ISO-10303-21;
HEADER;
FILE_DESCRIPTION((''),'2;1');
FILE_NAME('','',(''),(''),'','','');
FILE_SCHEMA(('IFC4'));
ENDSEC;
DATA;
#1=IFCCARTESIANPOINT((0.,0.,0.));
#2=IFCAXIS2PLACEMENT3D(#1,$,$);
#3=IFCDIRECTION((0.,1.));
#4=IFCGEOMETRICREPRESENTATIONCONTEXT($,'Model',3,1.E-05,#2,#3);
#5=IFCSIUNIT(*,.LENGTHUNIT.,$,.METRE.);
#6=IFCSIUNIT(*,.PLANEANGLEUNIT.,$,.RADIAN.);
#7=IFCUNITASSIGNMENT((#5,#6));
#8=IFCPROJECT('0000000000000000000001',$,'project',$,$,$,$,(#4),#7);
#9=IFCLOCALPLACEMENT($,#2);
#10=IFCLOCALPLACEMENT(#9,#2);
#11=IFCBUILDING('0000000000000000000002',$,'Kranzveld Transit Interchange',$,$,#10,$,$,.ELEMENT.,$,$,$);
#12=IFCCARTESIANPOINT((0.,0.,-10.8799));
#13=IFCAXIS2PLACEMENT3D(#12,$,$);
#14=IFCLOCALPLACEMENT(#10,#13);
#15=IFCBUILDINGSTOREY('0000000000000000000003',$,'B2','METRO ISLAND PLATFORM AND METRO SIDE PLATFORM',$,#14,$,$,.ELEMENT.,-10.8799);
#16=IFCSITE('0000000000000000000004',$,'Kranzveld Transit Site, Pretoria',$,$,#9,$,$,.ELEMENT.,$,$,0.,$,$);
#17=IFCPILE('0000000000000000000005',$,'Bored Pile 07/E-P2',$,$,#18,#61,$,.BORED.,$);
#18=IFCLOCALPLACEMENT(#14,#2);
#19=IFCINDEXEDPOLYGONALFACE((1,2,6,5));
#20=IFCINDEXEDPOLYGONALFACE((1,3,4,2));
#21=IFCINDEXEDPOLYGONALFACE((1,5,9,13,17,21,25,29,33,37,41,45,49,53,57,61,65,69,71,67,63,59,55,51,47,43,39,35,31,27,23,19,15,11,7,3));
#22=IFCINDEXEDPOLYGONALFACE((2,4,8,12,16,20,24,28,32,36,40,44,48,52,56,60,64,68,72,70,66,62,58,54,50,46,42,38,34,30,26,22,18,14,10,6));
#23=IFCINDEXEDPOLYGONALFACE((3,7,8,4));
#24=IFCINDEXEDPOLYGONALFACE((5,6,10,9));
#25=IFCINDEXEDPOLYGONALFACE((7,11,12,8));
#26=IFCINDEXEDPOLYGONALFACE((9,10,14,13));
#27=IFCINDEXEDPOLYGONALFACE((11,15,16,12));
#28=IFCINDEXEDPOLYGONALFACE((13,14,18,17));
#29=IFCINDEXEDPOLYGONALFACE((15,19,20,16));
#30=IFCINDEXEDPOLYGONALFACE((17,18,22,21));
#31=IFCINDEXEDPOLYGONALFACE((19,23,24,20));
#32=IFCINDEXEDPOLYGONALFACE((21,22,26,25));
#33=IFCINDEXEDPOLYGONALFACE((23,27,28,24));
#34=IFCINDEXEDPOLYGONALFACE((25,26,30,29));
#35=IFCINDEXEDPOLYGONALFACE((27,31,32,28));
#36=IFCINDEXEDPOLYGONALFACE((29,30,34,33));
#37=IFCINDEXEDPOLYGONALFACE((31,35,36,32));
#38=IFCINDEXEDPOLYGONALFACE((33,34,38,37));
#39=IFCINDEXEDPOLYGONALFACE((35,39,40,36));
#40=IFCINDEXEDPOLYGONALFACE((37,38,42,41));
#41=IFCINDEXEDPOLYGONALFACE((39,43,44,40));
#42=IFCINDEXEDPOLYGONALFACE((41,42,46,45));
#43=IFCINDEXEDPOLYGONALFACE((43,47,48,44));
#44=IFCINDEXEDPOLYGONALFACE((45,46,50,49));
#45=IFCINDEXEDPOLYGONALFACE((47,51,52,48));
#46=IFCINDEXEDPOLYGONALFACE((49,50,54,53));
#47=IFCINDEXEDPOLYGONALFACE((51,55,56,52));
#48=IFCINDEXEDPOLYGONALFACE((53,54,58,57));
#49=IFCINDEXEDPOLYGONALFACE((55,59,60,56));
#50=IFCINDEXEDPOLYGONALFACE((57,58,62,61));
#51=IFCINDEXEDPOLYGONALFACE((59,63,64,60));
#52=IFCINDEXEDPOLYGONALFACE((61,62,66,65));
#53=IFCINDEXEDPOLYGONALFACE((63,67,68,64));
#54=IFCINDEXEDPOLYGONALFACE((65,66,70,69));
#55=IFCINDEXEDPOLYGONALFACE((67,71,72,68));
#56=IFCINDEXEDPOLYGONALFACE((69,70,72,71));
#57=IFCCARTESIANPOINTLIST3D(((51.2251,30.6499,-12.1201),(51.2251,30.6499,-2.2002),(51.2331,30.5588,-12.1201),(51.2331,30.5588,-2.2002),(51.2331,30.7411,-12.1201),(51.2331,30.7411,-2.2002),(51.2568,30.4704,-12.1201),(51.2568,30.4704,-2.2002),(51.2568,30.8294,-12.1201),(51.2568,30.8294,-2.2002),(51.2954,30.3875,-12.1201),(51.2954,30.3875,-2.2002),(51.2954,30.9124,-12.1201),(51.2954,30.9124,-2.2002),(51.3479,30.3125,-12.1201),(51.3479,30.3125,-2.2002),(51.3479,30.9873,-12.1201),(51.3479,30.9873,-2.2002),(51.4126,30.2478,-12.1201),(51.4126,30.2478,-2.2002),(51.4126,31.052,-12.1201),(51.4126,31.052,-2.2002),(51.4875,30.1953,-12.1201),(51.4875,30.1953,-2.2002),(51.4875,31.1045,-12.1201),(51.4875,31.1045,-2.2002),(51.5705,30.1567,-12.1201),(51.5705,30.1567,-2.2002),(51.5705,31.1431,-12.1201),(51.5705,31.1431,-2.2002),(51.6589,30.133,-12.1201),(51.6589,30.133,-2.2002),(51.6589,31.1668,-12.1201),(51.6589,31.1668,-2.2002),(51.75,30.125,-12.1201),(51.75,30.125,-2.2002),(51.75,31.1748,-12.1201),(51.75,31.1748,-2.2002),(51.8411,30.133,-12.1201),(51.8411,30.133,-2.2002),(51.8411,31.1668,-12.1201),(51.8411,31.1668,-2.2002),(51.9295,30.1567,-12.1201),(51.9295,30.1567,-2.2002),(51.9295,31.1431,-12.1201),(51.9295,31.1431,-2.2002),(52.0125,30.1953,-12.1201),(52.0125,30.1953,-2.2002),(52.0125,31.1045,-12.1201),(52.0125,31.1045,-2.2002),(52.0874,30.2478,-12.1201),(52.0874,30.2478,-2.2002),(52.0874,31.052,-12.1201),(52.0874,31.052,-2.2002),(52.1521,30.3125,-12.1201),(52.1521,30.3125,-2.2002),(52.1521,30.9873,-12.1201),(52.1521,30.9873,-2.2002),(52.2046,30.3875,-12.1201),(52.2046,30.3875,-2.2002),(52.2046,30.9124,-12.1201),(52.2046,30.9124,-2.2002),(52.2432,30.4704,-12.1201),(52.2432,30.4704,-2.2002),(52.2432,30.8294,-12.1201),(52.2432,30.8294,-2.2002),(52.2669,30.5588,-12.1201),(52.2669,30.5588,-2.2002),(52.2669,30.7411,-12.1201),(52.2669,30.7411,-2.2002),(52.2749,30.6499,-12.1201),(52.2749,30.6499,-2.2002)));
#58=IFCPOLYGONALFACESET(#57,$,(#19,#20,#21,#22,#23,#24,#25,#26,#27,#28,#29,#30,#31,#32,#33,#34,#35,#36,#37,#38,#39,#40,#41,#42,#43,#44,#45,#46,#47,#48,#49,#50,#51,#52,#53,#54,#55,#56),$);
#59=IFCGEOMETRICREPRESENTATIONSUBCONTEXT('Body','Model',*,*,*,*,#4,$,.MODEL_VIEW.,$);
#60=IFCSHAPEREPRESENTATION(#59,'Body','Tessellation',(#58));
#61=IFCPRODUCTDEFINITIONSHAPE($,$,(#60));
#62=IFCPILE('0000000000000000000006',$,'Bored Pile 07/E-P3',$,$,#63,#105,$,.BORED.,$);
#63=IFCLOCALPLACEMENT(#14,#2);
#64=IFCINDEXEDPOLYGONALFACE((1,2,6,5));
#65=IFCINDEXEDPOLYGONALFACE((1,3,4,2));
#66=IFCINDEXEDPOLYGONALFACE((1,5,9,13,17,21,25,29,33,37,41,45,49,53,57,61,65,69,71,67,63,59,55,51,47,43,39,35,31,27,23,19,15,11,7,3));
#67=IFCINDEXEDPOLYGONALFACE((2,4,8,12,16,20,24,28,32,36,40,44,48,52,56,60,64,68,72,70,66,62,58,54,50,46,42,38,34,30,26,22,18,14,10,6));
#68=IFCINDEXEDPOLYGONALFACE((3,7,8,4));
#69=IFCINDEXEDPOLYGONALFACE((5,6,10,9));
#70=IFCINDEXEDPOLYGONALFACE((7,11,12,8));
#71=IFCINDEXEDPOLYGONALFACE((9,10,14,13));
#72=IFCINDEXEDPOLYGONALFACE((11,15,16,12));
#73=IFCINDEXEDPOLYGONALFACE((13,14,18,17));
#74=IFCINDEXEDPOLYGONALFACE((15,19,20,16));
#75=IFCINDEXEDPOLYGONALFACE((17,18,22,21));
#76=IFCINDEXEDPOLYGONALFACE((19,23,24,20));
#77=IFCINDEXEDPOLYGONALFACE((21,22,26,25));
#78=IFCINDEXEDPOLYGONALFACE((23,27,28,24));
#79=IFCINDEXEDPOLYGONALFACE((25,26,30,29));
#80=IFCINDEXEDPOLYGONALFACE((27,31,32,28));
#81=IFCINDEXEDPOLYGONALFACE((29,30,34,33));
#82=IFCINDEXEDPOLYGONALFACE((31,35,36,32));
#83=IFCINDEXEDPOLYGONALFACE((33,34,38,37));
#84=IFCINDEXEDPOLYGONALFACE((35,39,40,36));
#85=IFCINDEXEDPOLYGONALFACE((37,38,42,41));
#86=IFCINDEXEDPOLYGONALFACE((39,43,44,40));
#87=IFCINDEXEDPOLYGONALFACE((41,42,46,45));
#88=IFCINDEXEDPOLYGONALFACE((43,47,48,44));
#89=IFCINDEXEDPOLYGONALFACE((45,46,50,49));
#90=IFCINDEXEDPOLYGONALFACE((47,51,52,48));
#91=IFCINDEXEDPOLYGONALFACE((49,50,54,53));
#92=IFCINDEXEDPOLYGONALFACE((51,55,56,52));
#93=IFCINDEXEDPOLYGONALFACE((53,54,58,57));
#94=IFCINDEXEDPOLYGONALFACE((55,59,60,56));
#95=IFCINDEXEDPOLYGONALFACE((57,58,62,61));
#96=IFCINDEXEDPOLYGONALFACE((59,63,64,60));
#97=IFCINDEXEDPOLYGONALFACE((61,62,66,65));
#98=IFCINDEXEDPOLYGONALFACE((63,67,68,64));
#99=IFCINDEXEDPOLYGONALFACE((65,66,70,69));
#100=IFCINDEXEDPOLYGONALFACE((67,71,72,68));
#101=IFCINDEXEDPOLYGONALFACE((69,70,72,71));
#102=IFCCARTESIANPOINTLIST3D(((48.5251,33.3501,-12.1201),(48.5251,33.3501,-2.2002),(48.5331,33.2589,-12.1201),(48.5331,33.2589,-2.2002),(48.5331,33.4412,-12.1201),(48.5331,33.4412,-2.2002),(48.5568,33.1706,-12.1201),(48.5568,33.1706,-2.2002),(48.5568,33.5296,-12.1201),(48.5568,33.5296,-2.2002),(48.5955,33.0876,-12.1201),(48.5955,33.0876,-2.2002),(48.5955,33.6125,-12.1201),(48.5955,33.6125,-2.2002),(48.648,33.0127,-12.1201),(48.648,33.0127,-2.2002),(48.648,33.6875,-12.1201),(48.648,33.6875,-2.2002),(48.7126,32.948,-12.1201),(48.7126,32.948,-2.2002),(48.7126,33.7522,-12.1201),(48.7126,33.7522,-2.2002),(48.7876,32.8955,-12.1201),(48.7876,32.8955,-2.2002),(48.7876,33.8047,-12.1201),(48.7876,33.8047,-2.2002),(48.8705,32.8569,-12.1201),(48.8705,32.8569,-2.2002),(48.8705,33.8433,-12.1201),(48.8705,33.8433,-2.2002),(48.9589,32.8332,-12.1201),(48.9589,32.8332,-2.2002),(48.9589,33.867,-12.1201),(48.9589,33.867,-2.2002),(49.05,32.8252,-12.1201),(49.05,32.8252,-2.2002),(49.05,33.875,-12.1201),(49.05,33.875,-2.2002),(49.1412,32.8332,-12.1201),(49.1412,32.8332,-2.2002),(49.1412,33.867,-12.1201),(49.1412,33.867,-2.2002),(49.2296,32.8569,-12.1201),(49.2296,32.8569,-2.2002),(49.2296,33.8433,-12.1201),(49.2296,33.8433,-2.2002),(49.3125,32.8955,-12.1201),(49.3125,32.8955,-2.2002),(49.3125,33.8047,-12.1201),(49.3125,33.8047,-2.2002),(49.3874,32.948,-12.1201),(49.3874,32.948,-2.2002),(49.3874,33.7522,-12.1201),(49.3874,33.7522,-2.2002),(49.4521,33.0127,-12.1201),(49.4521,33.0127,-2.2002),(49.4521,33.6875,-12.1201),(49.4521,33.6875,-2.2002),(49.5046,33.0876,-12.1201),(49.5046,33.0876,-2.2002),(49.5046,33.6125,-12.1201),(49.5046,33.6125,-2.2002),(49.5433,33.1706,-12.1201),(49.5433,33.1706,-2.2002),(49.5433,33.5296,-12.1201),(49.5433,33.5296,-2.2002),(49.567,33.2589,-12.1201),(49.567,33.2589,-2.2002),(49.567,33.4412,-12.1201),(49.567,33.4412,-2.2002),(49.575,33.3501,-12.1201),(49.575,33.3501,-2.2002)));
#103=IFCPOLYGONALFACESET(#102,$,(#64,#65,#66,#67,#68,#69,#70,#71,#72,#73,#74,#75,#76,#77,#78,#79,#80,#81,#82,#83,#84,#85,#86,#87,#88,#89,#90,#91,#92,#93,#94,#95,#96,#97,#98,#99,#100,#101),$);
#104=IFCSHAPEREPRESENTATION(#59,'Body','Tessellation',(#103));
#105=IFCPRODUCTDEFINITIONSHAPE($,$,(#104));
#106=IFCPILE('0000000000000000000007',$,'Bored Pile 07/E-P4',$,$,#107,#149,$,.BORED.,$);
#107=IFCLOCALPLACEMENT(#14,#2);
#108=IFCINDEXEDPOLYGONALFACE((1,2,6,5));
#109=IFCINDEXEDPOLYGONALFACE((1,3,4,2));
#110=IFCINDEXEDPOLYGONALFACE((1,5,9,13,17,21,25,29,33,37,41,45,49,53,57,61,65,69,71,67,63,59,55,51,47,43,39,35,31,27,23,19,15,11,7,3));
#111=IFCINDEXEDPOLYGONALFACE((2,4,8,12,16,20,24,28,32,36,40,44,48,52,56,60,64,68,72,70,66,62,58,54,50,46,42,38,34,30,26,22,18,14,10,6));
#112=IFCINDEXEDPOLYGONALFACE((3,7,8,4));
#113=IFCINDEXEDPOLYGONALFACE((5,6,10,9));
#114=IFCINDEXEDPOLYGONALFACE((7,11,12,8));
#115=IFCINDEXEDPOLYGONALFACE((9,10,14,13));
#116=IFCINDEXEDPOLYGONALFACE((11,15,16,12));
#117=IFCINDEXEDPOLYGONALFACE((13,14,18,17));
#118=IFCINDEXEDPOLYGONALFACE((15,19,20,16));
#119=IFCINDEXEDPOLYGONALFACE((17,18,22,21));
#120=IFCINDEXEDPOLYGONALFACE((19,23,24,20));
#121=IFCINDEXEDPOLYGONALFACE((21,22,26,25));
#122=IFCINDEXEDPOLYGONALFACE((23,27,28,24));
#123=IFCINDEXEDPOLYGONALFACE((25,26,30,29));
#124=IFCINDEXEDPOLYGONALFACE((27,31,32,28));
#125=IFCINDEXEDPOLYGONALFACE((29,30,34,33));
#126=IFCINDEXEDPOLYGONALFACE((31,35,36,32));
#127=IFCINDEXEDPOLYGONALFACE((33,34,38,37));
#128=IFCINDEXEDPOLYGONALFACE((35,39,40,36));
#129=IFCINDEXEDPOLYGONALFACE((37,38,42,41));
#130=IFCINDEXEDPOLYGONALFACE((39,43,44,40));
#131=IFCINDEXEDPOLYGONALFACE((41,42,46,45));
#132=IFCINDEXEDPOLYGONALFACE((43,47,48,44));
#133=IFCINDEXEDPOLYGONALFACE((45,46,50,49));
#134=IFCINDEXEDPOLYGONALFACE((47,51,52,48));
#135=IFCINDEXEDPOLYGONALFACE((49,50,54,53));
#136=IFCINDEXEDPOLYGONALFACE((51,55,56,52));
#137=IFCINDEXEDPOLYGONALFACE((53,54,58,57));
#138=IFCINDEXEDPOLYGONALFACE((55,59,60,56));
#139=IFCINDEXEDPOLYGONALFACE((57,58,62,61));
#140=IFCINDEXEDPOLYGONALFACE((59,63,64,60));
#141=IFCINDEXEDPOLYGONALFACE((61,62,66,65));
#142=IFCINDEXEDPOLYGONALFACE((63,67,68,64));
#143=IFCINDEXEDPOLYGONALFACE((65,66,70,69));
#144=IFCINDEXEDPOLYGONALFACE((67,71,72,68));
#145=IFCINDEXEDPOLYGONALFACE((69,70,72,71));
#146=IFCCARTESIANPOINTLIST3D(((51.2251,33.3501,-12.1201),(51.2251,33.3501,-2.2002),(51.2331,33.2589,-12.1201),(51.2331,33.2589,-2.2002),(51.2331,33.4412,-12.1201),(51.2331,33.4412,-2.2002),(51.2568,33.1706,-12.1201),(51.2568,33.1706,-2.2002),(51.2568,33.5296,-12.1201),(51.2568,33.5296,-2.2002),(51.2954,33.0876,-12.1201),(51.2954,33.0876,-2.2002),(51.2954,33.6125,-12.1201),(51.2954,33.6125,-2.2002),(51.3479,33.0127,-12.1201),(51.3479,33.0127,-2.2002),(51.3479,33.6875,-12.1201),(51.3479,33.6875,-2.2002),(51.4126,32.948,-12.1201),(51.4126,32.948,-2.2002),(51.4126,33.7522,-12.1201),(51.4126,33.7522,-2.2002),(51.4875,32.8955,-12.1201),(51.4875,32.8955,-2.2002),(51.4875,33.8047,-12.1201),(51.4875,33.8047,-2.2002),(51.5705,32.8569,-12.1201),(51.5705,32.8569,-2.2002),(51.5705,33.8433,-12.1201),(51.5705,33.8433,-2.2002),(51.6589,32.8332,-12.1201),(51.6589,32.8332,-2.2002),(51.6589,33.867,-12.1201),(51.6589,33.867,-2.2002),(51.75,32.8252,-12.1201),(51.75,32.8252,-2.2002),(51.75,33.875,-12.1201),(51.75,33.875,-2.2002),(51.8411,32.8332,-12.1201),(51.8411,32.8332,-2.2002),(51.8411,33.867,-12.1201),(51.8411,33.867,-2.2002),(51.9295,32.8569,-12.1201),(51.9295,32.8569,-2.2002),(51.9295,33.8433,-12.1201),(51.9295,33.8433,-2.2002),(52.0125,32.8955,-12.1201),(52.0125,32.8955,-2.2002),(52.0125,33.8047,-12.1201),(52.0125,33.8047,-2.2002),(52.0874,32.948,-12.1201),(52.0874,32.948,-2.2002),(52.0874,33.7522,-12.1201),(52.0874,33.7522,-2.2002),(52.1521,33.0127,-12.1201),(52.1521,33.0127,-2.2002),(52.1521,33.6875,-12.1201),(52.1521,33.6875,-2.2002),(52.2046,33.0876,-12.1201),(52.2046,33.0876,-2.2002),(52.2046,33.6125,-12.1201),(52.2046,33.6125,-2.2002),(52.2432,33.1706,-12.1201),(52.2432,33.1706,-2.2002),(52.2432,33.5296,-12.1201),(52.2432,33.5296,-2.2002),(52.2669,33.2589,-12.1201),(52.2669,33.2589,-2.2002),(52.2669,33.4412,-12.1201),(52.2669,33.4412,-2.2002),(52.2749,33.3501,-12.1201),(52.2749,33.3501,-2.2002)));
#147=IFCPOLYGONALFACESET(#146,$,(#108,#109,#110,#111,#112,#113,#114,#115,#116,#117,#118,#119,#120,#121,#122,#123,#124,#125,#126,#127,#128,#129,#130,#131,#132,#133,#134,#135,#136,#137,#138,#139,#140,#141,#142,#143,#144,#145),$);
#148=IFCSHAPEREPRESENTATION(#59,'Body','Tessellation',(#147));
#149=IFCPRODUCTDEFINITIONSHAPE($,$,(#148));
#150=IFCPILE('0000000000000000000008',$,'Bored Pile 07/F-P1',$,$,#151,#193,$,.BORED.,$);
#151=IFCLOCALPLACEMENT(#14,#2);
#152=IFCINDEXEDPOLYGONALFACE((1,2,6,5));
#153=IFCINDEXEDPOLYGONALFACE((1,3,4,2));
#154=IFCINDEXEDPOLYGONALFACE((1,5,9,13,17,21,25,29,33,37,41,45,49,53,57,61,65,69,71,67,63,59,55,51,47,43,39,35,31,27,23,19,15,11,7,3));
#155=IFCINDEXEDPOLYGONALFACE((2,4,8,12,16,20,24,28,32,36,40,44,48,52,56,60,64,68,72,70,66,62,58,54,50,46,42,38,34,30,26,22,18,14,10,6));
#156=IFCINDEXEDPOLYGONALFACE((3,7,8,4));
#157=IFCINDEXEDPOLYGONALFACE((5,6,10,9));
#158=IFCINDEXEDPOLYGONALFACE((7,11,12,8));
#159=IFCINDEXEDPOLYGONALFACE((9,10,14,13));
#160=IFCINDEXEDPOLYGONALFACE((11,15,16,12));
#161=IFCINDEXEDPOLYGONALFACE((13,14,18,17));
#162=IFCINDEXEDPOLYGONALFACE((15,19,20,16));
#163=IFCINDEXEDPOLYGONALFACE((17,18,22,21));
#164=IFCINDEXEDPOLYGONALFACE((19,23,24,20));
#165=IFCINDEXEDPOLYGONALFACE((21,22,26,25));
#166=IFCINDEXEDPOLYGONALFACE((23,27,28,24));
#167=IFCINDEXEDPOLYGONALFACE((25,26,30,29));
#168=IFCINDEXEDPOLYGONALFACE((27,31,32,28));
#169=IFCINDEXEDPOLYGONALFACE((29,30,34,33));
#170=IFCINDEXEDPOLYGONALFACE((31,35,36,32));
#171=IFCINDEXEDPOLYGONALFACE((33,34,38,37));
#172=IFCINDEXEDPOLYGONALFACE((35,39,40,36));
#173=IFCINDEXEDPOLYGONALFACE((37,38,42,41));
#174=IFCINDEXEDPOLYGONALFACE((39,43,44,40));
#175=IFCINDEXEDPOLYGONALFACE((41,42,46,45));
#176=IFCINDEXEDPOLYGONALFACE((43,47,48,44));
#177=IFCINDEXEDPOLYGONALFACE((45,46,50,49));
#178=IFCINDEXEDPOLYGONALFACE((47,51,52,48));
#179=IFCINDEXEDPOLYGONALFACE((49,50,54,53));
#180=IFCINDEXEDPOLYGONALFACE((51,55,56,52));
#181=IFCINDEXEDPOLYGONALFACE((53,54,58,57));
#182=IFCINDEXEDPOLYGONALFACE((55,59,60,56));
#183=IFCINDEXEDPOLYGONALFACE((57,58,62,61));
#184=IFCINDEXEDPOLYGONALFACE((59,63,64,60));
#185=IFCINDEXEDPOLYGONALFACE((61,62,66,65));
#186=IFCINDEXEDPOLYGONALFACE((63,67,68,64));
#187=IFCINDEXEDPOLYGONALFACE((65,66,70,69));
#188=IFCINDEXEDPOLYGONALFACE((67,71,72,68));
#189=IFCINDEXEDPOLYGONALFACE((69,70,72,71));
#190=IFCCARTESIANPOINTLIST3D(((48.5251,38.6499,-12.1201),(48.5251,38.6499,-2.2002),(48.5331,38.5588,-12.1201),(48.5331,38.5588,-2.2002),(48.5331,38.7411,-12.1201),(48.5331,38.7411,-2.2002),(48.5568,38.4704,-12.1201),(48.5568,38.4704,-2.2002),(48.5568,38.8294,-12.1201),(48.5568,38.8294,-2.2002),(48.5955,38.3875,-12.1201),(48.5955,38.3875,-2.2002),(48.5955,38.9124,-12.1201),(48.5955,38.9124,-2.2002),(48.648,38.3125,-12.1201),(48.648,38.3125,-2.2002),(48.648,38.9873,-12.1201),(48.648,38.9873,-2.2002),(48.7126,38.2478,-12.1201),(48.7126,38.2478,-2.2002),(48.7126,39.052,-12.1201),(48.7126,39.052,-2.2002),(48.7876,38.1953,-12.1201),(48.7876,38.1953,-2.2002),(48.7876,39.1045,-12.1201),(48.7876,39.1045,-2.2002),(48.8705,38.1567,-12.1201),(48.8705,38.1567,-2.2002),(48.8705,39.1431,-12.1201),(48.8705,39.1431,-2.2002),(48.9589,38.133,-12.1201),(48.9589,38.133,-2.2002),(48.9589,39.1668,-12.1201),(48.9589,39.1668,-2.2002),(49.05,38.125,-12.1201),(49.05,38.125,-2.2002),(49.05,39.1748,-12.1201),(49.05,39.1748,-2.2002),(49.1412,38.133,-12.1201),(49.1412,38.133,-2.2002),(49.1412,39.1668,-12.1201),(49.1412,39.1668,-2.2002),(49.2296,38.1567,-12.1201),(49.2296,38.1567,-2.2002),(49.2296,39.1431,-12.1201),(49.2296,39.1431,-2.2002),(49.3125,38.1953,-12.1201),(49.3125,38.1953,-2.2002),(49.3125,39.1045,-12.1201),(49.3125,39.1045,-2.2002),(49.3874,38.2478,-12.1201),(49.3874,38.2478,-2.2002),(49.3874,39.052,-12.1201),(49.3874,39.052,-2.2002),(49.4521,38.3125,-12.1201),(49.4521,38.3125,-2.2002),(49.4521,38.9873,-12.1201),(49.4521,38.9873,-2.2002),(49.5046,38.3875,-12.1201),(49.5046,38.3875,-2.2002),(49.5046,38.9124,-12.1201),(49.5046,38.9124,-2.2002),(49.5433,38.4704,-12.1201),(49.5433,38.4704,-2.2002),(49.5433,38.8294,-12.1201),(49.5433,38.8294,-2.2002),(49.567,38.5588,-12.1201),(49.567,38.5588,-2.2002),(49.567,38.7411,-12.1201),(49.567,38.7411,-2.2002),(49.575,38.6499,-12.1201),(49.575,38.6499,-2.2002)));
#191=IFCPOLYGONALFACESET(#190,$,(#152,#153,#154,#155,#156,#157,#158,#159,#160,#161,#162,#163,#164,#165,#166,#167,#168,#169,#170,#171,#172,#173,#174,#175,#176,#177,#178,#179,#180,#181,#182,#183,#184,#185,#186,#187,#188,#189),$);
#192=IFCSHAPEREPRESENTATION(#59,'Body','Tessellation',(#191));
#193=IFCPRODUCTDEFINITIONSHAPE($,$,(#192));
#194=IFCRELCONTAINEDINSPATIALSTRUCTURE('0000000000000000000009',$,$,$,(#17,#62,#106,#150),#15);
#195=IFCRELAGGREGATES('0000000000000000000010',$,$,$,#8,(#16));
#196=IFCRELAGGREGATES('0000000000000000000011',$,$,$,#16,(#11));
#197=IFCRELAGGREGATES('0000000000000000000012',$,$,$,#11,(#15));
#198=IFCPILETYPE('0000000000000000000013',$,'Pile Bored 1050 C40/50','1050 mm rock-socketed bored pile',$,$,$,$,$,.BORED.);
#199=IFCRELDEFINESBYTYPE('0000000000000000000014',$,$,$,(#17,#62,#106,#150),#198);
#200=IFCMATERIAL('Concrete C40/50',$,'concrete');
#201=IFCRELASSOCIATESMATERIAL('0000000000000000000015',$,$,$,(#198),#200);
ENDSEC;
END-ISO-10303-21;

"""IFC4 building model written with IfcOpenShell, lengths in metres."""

from ifc_helpers import new_model, si_unit, direction, frame, origin, origin_2d, place, context, subcontext, project, spatial, circle, extrude, material, material_profile, profile_set, type_object, element, save


model = new_model("IFC4")

# Units and contexts
model_context = context("Model", 3, precision=1e-05, world=origin(), true_north=direction((0.0, 1.0)))
body_context = subcontext(model_context, "Body", "Model", "MODEL_VIEW")
ifc_project = project(units=[si_unit("LENGTHUNIT", "METRE"), si_unit("PLANEANGLEUNIT", "RADIAN")], contexts=[model_context])

# Site, building, storey
site_placement = place(None, origin())
site = spatial("IfcSite", under=ifc_project, at=site_placement, Name="Kranzveld Transit Site, Pretoria", CompositionType="ELEMENT", RefElevation=0.0)
building_placement = place(site_placement, origin())
building = spatial("IfcBuilding", under=site, at=building_placement, Name="Kranzveld Transit Interchange", CompositionType="ELEMENT")
storey_placement = place(building_placement, frame((0.0, 0.0, -10.8799)))
storey = spatial("IfcBuildingStorey", under=building, at=storey_placement, Name="B2", Description="METRO ISLAND PLATFORM AND METRO SIDE PLATFORM", CompositionType="ELEMENT", Elevation=-10.8799)

# Piles
ifc_material_1 = material(Name="Concrete C40/50", Category="concrete")
ifc_material_profile_1 = material_profile(ifc_material_1, circle(Radius=0.5249, at=origin_2d()), Name="BORED PILE 1050")
ifc_profile_set_1 = profile_set([ifc_material_profile_1], Name="Concrete C40/50")
pile_type = type_object("IfcPileType", Name="Pile Bored 1050 C40/50", Description="1050 mm rock-socketed bored pile", PredefinedType="BORED", material=ifc_profile_set_1)
for number, where, z_axis, x_axis, name in (
    (1, (51.75, 30.6499, -2.2002), (0.0, 0.0, -1.0), (1.0, 0.0, 0.0), "Bored Pile 07/E-P2"),
    (2, (49.05, 33.3501, -2.2002), (0.0, 0.0, -1.0), (1.0, 0.0, 0.0), "Bored Pile 07/E-P3"),
    (3, (51.75, 33.3501, -2.2002), (0.0, 0.0, -1.0), (1.0, 0.0, 0.0), "Bored Pile 07/E-P4"),
    (4, (49.05, 38.6499, -2.2002), (0.0, 0.0, -1.0), (1.0, 0.0, 0.0), "Bored Pile 07/F-P1"),
):
    element("IfcPile", number, at=place(storey_placement, frame(where, z_axis=z_axis, x_axis=x_axis)), inside=storey, type_object=pile_type, Name=name, PredefinedType="BORED", context=body_context, shape_type="SweptSolid", body=[
        extrude(circle(Radius=0.5249, at=origin_2d()), origin(), (0.0, 0.0, 1.0), 9.9199),
    ])

save(model, "model.ifc")
